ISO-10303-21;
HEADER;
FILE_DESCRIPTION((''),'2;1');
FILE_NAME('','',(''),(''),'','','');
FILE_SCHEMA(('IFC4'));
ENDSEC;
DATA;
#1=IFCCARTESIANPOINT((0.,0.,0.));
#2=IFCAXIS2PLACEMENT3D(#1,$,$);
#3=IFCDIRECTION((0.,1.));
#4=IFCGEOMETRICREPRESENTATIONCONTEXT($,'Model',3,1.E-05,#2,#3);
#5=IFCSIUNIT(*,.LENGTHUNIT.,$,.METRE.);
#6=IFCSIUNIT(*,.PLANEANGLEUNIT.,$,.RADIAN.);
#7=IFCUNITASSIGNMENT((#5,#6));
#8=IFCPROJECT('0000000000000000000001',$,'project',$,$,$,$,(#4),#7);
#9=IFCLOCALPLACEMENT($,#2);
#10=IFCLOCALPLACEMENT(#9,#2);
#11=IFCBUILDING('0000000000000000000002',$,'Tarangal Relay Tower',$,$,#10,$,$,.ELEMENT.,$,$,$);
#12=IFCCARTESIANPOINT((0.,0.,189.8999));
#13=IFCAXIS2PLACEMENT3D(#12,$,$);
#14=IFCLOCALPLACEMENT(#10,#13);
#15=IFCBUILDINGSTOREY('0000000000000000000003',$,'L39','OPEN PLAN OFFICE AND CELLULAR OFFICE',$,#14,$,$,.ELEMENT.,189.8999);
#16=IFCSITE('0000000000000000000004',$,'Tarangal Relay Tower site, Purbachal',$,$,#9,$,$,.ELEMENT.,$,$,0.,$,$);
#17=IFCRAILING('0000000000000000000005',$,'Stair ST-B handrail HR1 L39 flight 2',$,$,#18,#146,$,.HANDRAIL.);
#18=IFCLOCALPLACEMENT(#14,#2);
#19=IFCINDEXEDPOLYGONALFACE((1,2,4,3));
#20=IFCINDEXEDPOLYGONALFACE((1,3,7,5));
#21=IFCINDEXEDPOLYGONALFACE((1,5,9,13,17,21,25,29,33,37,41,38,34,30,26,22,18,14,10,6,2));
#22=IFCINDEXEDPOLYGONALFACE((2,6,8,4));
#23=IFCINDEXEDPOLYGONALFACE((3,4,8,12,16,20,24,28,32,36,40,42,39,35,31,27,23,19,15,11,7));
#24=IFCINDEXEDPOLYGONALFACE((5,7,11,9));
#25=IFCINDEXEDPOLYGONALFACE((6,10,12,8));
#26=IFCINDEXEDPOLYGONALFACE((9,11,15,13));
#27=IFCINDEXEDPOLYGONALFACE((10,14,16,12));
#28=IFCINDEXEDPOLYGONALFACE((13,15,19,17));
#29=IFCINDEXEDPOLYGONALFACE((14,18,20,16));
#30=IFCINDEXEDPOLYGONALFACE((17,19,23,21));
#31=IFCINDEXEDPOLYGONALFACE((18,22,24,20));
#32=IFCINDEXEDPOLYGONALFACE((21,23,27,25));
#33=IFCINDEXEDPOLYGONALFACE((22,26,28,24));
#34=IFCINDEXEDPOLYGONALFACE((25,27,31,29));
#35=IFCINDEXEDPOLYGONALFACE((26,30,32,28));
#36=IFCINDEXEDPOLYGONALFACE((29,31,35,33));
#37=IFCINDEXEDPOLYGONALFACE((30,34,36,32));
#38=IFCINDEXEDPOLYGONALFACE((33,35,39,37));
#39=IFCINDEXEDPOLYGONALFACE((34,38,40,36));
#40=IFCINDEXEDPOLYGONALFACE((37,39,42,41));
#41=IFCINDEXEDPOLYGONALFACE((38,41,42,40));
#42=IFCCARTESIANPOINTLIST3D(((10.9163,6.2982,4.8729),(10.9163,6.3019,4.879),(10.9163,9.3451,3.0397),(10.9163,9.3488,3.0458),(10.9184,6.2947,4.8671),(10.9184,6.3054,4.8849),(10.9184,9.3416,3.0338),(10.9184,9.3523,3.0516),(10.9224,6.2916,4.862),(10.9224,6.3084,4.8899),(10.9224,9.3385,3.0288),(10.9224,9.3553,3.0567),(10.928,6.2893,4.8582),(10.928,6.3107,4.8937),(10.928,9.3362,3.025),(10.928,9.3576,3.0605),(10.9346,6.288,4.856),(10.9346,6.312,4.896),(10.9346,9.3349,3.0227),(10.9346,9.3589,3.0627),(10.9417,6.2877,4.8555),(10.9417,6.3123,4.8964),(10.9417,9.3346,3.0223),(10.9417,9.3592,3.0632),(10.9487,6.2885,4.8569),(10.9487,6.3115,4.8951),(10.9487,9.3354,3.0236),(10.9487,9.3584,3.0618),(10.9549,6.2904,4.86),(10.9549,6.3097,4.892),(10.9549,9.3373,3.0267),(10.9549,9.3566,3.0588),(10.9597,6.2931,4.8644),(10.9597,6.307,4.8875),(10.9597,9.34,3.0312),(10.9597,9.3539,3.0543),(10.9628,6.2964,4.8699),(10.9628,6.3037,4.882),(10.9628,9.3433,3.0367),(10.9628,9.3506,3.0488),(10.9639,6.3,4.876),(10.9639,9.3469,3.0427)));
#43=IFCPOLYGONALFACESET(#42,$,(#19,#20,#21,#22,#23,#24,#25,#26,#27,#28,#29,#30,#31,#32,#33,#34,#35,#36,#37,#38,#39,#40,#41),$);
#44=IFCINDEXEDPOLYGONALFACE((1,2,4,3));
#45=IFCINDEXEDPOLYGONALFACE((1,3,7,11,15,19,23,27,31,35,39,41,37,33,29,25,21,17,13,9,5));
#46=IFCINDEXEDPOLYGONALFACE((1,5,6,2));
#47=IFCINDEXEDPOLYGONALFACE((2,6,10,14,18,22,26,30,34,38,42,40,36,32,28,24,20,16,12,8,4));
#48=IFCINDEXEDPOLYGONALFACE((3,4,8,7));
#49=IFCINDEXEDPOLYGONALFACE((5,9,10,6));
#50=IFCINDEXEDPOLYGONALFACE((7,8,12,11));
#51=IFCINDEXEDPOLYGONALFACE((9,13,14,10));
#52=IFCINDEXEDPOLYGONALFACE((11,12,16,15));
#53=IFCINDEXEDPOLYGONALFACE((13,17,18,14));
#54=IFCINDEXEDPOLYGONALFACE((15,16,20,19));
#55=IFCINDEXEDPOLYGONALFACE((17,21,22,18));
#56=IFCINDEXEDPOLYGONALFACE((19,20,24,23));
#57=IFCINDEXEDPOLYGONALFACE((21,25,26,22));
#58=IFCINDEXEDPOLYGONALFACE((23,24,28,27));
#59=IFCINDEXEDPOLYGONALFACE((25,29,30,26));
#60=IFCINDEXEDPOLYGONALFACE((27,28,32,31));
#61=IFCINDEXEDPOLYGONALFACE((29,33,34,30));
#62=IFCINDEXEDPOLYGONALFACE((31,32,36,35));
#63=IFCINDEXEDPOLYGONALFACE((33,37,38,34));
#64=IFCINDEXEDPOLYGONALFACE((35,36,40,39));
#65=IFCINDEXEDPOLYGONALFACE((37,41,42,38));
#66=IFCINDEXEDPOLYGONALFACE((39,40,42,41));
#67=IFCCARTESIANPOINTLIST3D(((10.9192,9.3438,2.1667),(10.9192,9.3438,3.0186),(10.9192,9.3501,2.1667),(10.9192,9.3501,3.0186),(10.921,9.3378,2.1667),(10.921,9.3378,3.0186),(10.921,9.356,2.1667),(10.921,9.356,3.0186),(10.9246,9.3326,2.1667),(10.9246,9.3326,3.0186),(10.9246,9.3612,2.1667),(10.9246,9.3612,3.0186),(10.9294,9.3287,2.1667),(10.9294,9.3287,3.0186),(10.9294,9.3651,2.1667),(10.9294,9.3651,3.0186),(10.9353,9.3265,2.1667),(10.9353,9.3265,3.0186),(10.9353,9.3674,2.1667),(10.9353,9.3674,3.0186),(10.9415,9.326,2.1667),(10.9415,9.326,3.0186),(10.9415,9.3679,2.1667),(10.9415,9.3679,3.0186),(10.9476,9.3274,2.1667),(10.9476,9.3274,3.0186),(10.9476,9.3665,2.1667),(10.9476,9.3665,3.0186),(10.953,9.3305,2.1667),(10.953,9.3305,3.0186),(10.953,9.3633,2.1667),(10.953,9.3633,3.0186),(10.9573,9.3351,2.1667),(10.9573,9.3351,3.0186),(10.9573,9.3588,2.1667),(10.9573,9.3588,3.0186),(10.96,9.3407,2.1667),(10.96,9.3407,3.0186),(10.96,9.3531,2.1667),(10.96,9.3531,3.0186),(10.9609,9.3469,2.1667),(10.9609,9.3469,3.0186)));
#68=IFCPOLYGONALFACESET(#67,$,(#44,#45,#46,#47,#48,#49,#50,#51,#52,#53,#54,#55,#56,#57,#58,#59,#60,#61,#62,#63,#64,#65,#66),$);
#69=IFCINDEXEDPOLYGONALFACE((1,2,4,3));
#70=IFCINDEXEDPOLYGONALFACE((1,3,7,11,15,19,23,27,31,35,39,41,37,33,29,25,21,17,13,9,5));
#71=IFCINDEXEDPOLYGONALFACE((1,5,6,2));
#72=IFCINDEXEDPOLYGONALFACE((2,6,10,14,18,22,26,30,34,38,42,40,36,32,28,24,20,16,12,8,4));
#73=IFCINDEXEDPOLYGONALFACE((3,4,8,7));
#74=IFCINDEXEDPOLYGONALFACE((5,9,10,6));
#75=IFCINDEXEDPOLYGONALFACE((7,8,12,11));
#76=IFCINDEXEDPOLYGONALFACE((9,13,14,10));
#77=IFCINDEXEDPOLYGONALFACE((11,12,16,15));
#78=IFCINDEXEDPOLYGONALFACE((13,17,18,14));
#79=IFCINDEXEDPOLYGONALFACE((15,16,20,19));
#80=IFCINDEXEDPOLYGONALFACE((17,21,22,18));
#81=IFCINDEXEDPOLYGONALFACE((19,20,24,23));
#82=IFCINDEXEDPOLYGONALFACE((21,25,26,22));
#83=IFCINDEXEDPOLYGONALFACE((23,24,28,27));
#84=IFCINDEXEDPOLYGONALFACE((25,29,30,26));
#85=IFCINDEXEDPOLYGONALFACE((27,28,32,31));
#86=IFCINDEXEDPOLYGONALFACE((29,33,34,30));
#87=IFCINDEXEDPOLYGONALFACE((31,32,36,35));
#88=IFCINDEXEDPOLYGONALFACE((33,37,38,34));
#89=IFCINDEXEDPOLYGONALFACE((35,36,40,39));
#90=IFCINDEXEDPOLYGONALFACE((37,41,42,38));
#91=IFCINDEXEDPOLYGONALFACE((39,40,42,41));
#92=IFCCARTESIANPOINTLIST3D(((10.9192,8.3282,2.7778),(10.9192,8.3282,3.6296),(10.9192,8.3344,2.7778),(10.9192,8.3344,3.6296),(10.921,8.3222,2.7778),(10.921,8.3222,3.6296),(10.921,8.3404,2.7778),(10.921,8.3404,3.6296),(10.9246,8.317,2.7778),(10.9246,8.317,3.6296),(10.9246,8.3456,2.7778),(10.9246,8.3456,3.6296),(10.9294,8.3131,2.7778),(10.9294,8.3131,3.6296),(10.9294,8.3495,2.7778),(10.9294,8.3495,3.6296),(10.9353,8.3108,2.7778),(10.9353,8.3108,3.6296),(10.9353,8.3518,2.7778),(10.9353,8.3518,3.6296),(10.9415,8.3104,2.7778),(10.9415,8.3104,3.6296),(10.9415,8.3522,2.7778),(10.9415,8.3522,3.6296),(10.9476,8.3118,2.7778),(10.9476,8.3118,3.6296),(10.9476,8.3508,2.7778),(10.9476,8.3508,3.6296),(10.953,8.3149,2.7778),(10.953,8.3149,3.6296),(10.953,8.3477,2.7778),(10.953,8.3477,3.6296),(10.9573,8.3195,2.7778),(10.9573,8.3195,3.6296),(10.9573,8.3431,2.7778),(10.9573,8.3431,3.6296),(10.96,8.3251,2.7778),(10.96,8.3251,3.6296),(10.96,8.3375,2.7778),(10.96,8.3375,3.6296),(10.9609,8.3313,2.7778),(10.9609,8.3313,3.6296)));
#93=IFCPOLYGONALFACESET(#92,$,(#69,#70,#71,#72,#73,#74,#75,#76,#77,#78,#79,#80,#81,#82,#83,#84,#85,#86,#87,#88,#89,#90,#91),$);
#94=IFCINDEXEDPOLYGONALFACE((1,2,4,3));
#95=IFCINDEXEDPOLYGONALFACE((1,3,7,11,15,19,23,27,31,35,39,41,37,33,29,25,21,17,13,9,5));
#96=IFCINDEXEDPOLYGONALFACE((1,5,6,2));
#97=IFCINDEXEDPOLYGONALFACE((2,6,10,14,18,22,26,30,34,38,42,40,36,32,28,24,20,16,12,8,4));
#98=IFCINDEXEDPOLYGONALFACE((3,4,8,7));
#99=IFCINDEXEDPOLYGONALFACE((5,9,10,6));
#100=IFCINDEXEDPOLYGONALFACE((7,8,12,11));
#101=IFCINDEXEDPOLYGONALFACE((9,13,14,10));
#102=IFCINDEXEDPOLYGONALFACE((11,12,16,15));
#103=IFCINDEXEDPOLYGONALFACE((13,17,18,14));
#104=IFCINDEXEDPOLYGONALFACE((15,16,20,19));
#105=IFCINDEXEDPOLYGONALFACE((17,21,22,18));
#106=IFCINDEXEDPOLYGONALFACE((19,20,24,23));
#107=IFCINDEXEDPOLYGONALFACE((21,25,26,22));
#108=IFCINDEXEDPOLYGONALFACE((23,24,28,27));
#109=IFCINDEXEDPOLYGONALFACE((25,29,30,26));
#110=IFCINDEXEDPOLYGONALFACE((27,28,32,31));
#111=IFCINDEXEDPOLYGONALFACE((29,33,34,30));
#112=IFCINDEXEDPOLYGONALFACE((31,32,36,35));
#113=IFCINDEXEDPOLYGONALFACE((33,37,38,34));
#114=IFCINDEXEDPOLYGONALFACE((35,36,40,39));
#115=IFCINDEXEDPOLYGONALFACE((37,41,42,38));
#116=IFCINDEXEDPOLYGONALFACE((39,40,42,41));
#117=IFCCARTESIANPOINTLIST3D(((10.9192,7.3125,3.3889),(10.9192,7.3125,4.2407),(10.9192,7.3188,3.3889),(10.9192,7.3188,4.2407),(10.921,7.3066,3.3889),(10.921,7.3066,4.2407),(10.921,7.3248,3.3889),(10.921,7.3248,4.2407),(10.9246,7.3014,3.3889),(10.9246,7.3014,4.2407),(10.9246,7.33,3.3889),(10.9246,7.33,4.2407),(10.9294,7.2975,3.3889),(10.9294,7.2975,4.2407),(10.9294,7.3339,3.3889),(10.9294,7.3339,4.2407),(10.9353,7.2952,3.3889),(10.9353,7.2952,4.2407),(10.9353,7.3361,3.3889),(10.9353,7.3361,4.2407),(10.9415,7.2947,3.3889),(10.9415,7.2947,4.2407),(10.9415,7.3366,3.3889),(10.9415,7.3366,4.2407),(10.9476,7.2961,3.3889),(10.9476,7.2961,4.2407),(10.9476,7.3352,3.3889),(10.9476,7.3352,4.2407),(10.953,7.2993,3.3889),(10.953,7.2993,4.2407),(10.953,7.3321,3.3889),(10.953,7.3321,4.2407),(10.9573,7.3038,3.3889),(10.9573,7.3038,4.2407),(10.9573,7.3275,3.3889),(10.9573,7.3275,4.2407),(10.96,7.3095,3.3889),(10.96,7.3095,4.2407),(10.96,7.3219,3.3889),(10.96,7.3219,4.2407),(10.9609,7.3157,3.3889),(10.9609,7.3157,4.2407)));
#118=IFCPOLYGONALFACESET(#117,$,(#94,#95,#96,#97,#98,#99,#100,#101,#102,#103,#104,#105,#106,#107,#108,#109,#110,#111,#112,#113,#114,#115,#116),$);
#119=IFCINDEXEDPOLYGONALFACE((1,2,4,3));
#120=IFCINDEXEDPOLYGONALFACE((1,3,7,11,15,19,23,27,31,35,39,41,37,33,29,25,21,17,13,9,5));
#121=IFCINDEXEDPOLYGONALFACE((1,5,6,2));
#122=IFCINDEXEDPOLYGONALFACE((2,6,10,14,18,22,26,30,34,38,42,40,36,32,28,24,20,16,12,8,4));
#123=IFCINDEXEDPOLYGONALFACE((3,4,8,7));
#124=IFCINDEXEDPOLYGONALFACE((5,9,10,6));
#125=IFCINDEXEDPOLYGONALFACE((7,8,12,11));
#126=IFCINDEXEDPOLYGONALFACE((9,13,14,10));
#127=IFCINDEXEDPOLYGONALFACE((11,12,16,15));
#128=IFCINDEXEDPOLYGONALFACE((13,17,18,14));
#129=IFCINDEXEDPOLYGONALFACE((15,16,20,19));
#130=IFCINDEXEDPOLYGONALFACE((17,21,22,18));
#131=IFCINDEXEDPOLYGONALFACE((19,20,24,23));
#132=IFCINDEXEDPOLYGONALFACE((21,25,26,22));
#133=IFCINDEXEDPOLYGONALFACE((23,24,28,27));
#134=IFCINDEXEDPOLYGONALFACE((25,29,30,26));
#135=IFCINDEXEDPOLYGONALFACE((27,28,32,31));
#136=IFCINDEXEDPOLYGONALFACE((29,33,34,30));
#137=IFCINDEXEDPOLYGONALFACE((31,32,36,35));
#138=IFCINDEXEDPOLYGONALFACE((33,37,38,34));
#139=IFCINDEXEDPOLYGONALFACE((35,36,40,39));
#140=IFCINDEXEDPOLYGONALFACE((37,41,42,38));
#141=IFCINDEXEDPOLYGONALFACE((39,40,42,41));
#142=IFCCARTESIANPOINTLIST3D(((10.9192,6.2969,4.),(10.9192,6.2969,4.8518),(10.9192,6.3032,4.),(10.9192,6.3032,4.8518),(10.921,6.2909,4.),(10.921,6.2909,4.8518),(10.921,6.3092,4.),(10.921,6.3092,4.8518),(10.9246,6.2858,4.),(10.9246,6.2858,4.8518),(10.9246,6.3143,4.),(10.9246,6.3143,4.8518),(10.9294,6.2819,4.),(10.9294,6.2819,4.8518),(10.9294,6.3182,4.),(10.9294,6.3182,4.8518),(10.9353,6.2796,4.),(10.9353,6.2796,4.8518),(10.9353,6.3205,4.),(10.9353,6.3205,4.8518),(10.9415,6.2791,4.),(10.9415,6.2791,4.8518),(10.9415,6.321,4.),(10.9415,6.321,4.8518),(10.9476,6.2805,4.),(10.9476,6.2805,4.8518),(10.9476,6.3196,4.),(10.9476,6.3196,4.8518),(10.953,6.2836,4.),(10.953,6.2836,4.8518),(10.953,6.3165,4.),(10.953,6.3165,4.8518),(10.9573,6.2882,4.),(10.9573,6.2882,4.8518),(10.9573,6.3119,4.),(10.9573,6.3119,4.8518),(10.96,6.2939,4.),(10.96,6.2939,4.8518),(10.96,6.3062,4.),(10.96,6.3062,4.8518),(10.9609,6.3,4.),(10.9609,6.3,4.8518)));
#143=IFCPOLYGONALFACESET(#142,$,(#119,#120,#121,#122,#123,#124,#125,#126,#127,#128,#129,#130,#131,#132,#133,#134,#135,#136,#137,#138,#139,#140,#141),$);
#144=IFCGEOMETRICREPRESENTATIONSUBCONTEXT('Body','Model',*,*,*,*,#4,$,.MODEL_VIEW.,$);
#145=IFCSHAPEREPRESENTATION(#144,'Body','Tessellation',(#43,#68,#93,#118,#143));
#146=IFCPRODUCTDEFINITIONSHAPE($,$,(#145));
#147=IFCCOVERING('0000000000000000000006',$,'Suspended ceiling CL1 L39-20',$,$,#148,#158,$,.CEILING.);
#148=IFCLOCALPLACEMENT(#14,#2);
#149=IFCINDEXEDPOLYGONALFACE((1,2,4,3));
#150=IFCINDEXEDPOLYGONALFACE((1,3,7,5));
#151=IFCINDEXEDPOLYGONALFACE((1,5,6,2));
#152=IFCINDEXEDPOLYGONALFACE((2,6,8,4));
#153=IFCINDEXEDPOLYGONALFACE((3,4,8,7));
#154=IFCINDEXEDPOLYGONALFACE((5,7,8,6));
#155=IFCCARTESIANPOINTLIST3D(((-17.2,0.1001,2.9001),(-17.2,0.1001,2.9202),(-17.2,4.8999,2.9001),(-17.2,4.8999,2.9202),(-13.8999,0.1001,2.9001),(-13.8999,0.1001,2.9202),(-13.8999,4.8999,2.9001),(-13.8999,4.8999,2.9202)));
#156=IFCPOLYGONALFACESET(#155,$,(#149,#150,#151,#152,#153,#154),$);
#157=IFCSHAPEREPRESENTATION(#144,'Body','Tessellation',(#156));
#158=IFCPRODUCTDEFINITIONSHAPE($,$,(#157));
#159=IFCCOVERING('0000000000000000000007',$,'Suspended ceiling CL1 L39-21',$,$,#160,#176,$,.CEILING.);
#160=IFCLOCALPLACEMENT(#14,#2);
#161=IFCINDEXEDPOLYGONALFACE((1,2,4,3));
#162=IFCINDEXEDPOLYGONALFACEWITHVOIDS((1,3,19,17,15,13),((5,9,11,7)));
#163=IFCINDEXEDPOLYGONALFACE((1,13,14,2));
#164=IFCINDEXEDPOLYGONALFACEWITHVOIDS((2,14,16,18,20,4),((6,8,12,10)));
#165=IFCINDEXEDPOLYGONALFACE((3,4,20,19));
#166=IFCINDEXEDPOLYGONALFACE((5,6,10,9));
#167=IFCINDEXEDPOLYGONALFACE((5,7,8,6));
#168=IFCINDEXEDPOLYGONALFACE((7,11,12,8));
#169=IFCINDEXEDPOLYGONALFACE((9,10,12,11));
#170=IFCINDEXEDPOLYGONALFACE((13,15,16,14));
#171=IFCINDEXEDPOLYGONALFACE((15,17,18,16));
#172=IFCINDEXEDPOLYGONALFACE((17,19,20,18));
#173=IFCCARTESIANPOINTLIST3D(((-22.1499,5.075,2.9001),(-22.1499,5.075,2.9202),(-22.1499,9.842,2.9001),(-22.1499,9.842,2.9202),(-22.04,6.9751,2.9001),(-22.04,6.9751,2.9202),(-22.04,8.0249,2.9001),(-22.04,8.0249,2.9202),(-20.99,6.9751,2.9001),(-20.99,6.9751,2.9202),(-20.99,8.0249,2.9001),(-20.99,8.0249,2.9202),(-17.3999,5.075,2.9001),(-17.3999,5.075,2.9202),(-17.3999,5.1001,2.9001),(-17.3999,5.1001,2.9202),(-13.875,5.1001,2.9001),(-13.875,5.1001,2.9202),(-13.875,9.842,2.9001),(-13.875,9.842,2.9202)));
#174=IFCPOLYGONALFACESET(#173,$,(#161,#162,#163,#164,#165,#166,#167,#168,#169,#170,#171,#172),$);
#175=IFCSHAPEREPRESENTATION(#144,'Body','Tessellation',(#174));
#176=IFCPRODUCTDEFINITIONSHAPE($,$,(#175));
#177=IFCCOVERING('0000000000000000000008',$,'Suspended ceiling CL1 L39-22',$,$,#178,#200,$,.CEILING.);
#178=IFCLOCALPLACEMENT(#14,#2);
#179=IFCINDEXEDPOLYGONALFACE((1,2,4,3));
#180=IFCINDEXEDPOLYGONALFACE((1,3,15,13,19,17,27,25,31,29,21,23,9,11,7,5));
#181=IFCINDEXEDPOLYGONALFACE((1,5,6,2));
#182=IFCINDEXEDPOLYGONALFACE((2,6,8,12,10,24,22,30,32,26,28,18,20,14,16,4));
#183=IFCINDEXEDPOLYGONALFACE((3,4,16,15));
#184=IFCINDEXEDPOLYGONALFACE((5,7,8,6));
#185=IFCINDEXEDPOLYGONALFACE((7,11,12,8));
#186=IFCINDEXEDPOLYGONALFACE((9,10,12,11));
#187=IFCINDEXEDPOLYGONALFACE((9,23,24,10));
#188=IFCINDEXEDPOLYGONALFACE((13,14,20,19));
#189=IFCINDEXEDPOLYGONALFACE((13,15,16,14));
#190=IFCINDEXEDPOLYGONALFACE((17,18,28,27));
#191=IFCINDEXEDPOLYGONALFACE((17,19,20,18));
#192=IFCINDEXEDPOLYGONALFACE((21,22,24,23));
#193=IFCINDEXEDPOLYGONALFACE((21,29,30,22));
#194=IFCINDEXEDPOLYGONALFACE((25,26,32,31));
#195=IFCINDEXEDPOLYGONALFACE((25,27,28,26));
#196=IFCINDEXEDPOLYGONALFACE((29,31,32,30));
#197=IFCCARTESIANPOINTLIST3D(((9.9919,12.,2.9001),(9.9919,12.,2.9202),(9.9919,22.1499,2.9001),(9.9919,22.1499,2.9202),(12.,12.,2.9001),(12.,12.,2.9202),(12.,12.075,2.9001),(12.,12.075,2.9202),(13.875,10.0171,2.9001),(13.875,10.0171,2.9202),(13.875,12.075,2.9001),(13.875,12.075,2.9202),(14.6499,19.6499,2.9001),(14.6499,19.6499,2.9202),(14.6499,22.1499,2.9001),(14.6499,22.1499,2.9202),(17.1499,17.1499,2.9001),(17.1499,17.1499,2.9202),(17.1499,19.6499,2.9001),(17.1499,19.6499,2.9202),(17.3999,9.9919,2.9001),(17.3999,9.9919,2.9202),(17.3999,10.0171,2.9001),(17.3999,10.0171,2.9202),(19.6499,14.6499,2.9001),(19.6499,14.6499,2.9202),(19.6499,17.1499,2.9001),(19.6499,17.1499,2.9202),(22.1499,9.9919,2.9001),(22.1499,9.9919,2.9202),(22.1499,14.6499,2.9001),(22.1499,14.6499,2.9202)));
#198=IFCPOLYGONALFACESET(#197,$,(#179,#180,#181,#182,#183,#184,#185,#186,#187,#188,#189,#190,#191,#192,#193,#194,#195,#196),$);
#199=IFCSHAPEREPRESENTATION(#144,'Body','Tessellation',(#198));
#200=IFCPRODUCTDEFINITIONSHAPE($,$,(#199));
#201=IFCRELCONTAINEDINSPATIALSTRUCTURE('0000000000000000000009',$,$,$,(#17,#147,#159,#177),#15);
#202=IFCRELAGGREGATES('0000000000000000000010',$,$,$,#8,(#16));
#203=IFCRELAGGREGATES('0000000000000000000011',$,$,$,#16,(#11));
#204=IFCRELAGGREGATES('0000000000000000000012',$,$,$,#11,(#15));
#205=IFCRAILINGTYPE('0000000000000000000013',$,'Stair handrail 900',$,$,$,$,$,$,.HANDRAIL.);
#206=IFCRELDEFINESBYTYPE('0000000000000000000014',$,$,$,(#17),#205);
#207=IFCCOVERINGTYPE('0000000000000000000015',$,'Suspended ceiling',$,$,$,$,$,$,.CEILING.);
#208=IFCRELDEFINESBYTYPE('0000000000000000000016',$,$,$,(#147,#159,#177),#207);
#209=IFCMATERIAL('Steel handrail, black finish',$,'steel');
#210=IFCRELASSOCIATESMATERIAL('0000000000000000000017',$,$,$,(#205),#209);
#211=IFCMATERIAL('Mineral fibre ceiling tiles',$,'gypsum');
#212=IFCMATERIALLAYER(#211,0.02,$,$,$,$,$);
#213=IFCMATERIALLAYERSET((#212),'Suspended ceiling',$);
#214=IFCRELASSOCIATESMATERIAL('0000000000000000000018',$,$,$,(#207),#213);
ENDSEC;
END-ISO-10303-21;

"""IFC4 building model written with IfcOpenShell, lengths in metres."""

from ifc_helpers import new_model, si_unit, direction, frame, origin, origin_2d, place, context, subcontext, project, spatial, polyline, circle, outline, extrude, material, layer, layer_set, type_object, element, save


model = new_model("IFC4")

# Units and contexts
model_context = context("Model", 3, precision=1e-05, world=origin(), true_north=direction((0.0, 1.0)))
body_context = subcontext(model_context, "Body", "Model", "MODEL_VIEW")
ifc_project = project(units=[si_unit("LENGTHUNIT", "METRE"), si_unit("PLANEANGLEUNIT", "RADIAN")], contexts=[model_context])

# Site, building, storey
site_placement = place(None, origin())
site = spatial("IfcSite", under=ifc_project, at=site_placement, Name="Tarangal Relay Tower site, Purbachal", CompositionType="ELEMENT", RefElevation=0.0)
building_placement = place(site_placement, origin())
building = spatial("IfcBuilding", under=site, at=building_placement, Name="Tarangal Relay Tower", CompositionType="ELEMENT")
storey_placement = place(building_placement, frame((0.0, 0.0, 189.8999)))
storey = spatial("IfcBuildingStorey", under=building, at=storey_placement, Name="L39", Description="OPEN PLAN OFFICE AND CELLULAR OFFICE", CompositionType="ELEMENT", Elevation=189.8999)

# Railing
ifc_material_1 = material(Name="Steel handrail, black finish", Category="steel")
railing_type_1 = type_object("IfcRailingType", Name="Stair handrail 900", PredefinedType="HANDRAIL", material=ifc_material_1)
railing_1_placement = place(storey_placement, frame((10.9399, 9.3469, 2.1667)))
element("IfcRailing", 1, at=railing_1_placement, inside=storey, type_object=railing_type_1, Name="Stair ST-B handrail HR1 L39 flight 2", PredefinedType="HANDRAIL", context=body_context, shape_type="SweptSolid", body=[
    extrude(circle(Radius=0.0239, at=origin_2d()), frame((0.0, 0.0, 0.876), z_axis=(0.0, -0.856856, 0.515556), x_axis=(1.0, 0.0, 0.0)), (0.0, 0.0, 1.0), 3.5559),
    extrude(circle(Radius=0.021, at=origin_2d()), origin(), (0.0, 0.0, 1.0), 0.8518),
    extrude(circle(Radius=0.021, at=origin_2d()), frame((0.0, -1.0156, 0.6111)), (0.0, 0.0, 1.0), 0.8518),
    extrude(circle(Radius=0.021, at=origin_2d()), frame((0.0, -2.0312, 1.2222)), (0.0, 0.0, 1.0), 0.8518),
    extrude(circle(Radius=0.021, at=origin_2d()), frame((0.0, -3.0469, 1.8333)), (0.0, 0.0, 1.0), 0.8518),
])

# Coverings
ifc_material_2 = material(Name="Mineral fibre ceiling tiles", Category="gypsum")
ifc_layer_1 = layer(ifc_material_2, 0.02)
ifc_layer_set_1 = layer_set([ifc_layer_1], Name="Suspended ceiling")
covering_type = type_object("IfcCoveringType", Name="Suspended ceiling", PredefinedType="CEILING", material=ifc_layer_set_1)
covering_1_placement = place(storey_placement, frame((0.0, 0.0, 2.9001)))
element("IfcCovering", 2, at=covering_1_placement, inside=storey, type_object=covering_type, Name="Suspended ceiling CL1 L39-20", PredefinedType="CEILING", context=body_context, shape_type="SweptSolid", body=[
    extrude(outline(polyline([(-13.8999, 4.8999), (-17.2, 4.8999), (-17.2, 0.1001), (-13.8999, 0.1001), (-13.8999, 4.8999)])), origin(), (0.0, 0.0, 1.0), 0.02),
])
covering_2_placement = place(storey_placement, frame((0.0, 0.0, 2.9001)))
element("IfcCovering", 3, at=covering_2_placement, inside=storey, type_object=covering_type, Name="Suspended ceiling CL1 L39-21", PredefinedType="CEILING", context=body_context, shape_type="SweptSolid", body=[
    extrude(outline(polyline([(-22.1499, 9.842), (-22.1499, 5.075), (-17.3999, 5.075), (-17.3999, 5.1001), (-13.875, 5.1001), (-13.875, 9.842), (-22.1499, 9.842)]), holes=[polyline([(-20.99, 8.0249), (-22.04, 8.0249), (-22.04, 6.9751), (-20.99, 6.9751), (-20.99, 8.0249)])]), origin(), (0.0, 0.0, 1.0), 0.02),
])
covering_3_placement = place(storey_placement, frame((0.0, 0.0, 2.9001)))
element("IfcCovering", 4, at=covering_3_placement, inside=storey, type_object=covering_type, Name="Suspended ceiling CL1 L39-22", PredefinedType="CEILING", context=body_context, shape_type="SweptSolid", body=[
    extrude(outline(polyline([(9.9919, 22.1499), (9.9919, 12.0), (12.0, 12.0), (12.0, 12.075), (13.875, 12.075), (13.875, 10.0171), (17.3999, 10.0171), (17.3999, 9.9919), (22.1499, 9.9919), (22.1499, 14.6499), (19.6499, 14.6499), (19.6499, 17.1499), (17.1499, 17.1499), (17.1499, 19.6499), (14.6499, 19.6499), (14.6499, 22.1499), (9.9919, 22.1499)])), origin(), (0.0, 0.0, 1.0), 0.02),
])

save(model, "model.ifc")
